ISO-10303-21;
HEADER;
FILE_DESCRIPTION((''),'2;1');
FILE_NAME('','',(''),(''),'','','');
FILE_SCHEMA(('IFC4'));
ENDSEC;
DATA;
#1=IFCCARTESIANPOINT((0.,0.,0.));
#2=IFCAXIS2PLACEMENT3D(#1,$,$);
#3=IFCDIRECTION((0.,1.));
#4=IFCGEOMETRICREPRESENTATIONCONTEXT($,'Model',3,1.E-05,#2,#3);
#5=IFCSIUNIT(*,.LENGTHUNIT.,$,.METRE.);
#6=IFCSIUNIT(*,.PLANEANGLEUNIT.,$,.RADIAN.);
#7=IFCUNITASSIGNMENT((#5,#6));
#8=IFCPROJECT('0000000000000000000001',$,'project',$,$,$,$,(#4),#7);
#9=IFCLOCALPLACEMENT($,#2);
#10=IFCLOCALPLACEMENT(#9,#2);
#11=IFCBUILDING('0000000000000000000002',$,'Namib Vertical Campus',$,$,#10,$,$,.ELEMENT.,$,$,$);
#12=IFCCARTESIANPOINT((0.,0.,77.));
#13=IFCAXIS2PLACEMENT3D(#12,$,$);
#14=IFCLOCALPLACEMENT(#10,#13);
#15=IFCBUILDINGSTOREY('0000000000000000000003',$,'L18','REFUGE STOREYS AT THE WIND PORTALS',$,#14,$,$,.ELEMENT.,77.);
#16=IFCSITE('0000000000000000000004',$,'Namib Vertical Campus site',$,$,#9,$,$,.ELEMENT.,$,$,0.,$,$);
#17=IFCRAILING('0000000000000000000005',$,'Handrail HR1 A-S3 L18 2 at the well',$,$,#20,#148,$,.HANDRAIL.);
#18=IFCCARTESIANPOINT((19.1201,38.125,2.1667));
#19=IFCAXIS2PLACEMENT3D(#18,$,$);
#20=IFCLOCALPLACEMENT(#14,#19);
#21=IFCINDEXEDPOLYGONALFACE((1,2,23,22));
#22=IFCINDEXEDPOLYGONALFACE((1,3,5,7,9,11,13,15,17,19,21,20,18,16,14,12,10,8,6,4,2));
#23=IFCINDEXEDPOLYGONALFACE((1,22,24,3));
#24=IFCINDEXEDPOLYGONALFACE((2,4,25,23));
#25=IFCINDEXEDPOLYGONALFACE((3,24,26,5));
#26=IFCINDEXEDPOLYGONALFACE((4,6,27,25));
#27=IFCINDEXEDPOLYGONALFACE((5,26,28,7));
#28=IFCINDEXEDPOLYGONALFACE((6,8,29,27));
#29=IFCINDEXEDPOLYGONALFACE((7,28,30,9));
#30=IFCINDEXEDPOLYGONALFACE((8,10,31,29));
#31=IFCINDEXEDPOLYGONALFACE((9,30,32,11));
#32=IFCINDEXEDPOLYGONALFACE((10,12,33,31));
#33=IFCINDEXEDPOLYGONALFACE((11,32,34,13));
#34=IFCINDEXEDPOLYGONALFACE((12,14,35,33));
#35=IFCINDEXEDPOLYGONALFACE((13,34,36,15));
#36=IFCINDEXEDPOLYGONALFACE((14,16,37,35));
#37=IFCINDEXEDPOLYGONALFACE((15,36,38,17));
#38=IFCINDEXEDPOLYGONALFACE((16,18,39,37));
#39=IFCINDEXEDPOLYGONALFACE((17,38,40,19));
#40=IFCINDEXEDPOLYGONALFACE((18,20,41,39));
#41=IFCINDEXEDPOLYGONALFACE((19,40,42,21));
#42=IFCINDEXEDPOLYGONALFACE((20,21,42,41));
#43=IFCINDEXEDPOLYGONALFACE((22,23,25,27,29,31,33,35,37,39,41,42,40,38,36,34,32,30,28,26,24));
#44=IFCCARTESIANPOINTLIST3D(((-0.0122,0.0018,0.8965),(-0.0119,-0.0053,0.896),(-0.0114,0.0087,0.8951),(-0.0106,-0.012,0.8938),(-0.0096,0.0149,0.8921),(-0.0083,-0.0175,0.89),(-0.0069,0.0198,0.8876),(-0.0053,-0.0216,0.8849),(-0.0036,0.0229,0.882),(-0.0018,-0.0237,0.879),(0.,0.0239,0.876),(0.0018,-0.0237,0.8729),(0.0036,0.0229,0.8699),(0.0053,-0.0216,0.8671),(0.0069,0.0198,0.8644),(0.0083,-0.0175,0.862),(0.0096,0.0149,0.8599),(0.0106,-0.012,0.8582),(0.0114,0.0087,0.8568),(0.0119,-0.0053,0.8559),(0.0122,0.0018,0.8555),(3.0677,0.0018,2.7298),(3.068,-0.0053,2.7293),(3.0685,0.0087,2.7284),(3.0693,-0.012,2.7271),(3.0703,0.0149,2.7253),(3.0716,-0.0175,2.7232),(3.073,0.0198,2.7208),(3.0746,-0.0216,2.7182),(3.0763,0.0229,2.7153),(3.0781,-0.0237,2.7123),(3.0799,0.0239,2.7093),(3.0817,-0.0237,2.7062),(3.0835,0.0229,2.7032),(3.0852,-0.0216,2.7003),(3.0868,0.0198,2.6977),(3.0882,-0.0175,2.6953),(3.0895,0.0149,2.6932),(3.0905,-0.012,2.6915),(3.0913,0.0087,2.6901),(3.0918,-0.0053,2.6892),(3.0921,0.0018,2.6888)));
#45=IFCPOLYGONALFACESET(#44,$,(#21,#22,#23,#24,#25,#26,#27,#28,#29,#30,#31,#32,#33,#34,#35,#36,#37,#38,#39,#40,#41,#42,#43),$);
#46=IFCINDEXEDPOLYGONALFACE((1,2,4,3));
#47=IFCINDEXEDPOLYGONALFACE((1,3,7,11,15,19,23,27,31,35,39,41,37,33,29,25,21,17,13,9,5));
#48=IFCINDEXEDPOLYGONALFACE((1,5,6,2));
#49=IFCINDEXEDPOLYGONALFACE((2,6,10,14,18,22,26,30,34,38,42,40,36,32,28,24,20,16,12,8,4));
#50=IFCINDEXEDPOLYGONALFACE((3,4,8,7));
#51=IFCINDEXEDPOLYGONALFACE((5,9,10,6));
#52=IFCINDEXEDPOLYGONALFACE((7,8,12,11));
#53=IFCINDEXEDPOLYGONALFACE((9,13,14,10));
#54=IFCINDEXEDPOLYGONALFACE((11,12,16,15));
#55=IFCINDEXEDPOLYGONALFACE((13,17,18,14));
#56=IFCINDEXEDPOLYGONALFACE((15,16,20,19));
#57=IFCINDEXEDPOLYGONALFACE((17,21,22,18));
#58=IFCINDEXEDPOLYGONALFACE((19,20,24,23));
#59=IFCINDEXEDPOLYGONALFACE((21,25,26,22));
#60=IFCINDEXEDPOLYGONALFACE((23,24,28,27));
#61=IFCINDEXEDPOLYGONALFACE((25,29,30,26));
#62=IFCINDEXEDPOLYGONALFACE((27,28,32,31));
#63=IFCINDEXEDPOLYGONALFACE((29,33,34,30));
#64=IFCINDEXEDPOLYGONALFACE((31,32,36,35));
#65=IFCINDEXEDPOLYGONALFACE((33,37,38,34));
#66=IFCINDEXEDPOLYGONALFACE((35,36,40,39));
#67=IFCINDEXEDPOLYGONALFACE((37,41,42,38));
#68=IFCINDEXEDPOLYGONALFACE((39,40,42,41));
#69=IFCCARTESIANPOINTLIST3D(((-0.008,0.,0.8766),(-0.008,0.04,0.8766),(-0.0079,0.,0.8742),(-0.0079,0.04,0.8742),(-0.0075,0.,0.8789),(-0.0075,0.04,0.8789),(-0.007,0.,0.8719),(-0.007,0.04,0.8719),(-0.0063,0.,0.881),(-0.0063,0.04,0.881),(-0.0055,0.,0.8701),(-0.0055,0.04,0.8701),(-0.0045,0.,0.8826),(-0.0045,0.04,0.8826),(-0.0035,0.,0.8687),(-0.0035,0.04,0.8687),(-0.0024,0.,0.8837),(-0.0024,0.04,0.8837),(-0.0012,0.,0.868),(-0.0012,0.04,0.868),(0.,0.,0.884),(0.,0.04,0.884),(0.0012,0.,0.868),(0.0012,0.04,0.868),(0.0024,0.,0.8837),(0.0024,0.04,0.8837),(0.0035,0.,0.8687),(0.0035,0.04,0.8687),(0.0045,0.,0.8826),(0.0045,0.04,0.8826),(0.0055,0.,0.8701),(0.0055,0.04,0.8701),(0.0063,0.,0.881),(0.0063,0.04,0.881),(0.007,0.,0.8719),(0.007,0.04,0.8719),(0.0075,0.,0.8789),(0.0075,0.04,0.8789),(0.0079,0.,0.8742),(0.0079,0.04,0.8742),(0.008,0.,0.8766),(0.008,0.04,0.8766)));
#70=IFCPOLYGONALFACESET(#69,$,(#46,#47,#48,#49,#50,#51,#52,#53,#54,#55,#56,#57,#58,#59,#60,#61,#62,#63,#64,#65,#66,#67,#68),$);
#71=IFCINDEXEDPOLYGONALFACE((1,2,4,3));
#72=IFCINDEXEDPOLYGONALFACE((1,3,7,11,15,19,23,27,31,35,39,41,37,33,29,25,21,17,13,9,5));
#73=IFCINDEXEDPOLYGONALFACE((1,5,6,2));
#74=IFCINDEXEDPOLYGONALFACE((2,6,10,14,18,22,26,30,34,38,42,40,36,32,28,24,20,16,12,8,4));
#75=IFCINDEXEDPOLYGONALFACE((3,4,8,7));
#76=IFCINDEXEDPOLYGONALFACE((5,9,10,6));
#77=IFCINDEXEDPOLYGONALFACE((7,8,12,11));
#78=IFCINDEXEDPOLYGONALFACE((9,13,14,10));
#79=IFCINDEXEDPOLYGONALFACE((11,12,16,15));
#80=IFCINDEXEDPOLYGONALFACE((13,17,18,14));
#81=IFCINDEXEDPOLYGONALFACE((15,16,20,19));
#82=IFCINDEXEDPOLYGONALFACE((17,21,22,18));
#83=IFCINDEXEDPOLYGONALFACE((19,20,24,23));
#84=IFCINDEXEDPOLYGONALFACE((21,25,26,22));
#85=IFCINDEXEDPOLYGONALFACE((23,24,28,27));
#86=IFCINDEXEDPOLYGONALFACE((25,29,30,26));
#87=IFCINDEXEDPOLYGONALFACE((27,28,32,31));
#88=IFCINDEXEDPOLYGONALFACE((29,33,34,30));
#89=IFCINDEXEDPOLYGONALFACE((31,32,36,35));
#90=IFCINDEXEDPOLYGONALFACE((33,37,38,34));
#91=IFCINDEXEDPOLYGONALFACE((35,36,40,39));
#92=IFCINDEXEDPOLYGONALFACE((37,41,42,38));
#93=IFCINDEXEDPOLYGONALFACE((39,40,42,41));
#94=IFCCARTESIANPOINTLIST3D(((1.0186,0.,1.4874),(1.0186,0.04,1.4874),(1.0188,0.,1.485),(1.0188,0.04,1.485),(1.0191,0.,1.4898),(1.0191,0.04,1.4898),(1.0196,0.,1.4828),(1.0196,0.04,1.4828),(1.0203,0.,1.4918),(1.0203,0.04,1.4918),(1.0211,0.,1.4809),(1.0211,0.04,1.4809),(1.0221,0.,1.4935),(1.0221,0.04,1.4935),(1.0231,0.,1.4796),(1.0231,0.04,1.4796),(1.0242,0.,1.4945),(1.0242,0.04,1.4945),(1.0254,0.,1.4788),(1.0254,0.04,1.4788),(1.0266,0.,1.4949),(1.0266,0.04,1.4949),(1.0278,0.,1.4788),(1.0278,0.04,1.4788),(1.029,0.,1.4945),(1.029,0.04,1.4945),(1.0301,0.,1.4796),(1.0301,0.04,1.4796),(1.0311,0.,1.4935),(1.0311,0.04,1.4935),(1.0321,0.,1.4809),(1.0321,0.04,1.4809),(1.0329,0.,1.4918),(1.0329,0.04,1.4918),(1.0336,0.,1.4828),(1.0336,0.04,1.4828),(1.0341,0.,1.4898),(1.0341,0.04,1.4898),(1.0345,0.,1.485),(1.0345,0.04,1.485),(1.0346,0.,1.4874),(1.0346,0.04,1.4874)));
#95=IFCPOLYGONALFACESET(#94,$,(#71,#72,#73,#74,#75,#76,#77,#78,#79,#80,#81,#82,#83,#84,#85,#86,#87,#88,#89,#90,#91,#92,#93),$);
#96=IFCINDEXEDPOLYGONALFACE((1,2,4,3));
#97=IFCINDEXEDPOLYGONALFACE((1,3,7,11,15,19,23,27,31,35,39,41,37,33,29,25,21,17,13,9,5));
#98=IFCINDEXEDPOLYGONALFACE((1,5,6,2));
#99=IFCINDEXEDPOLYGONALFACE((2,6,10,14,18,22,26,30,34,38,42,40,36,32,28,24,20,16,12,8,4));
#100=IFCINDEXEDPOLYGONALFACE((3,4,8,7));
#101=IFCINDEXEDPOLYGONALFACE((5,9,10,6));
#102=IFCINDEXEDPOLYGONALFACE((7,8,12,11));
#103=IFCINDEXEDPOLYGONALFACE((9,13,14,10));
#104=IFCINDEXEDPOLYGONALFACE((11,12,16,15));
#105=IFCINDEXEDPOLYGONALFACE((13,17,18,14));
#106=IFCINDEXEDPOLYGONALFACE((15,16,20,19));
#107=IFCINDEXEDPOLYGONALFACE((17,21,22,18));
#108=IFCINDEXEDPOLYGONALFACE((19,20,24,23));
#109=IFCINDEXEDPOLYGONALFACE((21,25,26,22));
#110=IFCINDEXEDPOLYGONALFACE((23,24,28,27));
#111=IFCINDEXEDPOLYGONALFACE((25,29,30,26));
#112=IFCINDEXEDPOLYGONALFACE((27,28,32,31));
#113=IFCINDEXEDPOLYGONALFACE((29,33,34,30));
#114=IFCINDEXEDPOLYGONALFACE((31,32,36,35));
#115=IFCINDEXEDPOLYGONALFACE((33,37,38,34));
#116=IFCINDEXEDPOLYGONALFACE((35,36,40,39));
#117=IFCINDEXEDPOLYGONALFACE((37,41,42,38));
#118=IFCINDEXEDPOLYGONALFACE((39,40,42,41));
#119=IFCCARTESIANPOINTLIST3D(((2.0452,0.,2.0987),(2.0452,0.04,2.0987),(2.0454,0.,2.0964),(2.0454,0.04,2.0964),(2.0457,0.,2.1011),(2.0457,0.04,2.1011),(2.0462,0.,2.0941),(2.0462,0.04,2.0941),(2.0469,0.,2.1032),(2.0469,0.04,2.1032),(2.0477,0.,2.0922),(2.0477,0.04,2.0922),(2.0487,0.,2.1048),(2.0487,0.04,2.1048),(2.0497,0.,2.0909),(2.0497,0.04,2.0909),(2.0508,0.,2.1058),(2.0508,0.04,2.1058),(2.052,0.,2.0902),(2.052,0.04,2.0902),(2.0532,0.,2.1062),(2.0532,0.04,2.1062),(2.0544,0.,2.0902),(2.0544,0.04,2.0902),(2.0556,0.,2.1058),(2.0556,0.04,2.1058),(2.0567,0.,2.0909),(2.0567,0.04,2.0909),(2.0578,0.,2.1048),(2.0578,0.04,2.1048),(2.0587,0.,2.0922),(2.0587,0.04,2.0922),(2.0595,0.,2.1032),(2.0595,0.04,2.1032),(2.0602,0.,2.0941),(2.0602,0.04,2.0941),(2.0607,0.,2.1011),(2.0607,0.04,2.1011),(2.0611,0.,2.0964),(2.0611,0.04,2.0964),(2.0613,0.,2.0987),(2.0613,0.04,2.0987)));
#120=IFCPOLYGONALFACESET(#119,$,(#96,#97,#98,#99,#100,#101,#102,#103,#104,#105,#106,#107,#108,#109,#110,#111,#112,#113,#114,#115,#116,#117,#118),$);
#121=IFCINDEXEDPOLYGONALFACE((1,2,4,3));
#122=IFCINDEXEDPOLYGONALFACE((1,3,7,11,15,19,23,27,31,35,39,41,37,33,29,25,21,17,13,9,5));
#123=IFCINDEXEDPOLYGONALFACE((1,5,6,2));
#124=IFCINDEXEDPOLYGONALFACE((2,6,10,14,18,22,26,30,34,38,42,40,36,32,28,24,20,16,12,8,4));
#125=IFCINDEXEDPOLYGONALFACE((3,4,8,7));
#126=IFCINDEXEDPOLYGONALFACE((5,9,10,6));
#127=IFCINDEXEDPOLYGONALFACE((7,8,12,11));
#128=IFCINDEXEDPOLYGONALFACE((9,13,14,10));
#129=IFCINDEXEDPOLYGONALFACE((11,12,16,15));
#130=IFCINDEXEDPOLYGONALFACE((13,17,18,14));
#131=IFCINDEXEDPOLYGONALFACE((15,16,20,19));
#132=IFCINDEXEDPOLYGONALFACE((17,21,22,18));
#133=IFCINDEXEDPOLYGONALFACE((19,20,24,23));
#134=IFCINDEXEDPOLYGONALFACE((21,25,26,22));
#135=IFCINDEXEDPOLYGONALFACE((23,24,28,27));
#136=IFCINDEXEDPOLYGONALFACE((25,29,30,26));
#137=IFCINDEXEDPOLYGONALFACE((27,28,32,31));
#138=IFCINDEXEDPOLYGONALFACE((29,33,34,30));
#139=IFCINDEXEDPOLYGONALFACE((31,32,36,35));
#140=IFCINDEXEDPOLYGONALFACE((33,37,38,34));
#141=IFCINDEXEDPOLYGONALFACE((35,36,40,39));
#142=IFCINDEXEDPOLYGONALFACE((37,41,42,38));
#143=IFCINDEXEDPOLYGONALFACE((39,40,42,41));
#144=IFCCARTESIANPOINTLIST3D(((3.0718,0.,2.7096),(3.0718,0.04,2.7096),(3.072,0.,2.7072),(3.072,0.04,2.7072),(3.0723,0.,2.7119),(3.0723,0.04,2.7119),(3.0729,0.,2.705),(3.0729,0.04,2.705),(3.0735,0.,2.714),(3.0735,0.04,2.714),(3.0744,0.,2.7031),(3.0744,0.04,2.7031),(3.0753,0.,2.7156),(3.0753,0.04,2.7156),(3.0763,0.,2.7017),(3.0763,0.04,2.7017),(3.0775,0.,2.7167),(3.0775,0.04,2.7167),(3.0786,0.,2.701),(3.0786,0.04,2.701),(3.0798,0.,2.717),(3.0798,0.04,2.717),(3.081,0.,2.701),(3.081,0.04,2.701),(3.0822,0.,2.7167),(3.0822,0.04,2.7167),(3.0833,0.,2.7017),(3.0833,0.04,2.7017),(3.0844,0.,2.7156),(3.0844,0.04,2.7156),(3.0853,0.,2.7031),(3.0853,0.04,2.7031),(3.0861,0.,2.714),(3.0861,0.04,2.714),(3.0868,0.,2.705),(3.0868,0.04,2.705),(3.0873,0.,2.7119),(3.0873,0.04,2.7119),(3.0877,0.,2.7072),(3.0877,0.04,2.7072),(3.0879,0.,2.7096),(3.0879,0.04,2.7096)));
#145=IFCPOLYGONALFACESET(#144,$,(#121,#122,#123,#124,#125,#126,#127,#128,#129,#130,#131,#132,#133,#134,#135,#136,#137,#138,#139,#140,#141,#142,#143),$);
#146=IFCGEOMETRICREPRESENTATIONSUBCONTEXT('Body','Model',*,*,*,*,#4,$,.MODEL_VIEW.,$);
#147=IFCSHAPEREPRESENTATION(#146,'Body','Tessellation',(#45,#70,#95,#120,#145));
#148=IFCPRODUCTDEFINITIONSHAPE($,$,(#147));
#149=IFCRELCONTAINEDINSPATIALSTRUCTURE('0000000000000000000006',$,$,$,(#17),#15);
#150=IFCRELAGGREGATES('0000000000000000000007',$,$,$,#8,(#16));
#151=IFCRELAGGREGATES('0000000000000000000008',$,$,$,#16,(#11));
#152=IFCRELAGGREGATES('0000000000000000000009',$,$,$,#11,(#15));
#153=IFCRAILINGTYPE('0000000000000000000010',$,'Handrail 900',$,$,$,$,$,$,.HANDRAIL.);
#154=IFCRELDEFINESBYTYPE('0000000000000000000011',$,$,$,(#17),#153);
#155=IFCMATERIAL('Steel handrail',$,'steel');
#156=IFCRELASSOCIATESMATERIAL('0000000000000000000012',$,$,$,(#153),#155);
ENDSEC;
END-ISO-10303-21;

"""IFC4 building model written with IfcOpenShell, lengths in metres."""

from ifc_helpers import new_model, si_unit, direction, frame, origin, origin_2d, place, context, subcontext, project, spatial, circle, extrude, material, type_object, element, save


model = new_model("IFC4")

# Units and contexts
model_context = context("Model", 3, precision=1e-05, world=origin(), true_north=direction((0.0, 1.0)))
body_context = subcontext(model_context, "Body", "Model", "MODEL_VIEW")
ifc_project = project(units=[si_unit("LENGTHUNIT", "METRE"), si_unit("PLANEANGLEUNIT", "RADIAN")], contexts=[model_context])

# Site, building, storey
site_placement = place(None, origin())
site = spatial("IfcSite", under=ifc_project, at=site_placement, Name="Namib Vertical Campus site", CompositionType="ELEMENT", RefElevation=0.0)
building_placement = place(site_placement, origin())
building = spatial("IfcBuilding", under=site, at=building_placement, Name="Namib Vertical Campus", CompositionType="ELEMENT")
storey_placement = place(building_placement, frame((0.0, 0.0, 77.0)))
storey = spatial("IfcBuildingStorey", under=building, at=storey_placement, Name="L18", Description="REFUGE STOREYS AT THE WIND PORTALS", CompositionType="ELEMENT", Elevation=77.0)

# Railing
ifc_material_1 = material(Name="Steel handrail", Category="steel")
railing_type_1 = type_object("IfcRailingType", Name="Handrail 900", PredefinedType="HANDRAIL", material=ifc_material_1)
railing_1_placement = place(storey_placement, frame((19.1201, 38.125, 2.1667)))
element("IfcRailing", 1, at=railing_1_placement, inside=storey, type_object=railing_type_1, Name="Handrail HR1 A-S3 L18 2 at the well", PredefinedType="HANDRAIL", context=body_context, shape_type="SweptSolid", body=[
    extrude(circle(Radius=0.0239, at=origin_2d()), frame((0.0, 0.0, 0.876), z_axis=(0.859291, 0.0, 0.511487), x_axis=(0.0, 1.0, 0.0)), (0.0, 0.0, 1.0), 3.5842),
    extrude(circle(Radius=0.0081, at=origin_2d()), frame((0.0, 0.0, 0.876), z_axis=(0.0, 1.0, 0.0), x_axis=(0.0, 0.0, 1.0)), (0.0, 0.0, 1.0), 0.04),
    extrude(circle(Radius=0.0081, at=origin_2d()), frame((1.0266, 0.0, 1.4868), z_axis=(0.0, 1.0, 0.0), x_axis=(0.0, 0.0, 1.0)), (0.0, 0.0, 1.0), 0.04),
    extrude(circle(Radius=0.0081, at=origin_2d()), frame((2.0532, 0.0, 2.0981), z_axis=(0.0, 1.0, 0.0), x_axis=(0.0, 0.0, 1.0)), (0.0, 0.0, 1.0), 0.04),
    extrude(circle(Radius=0.0081, at=origin_2d()), frame((3.0798, 0.0, 2.709), z_axis=(0.0, 1.0, 0.0), x_axis=(0.0, 0.0, 1.0)), (0.0, 0.0, 1.0), 0.04),
])

save(model, "model.ifc")
